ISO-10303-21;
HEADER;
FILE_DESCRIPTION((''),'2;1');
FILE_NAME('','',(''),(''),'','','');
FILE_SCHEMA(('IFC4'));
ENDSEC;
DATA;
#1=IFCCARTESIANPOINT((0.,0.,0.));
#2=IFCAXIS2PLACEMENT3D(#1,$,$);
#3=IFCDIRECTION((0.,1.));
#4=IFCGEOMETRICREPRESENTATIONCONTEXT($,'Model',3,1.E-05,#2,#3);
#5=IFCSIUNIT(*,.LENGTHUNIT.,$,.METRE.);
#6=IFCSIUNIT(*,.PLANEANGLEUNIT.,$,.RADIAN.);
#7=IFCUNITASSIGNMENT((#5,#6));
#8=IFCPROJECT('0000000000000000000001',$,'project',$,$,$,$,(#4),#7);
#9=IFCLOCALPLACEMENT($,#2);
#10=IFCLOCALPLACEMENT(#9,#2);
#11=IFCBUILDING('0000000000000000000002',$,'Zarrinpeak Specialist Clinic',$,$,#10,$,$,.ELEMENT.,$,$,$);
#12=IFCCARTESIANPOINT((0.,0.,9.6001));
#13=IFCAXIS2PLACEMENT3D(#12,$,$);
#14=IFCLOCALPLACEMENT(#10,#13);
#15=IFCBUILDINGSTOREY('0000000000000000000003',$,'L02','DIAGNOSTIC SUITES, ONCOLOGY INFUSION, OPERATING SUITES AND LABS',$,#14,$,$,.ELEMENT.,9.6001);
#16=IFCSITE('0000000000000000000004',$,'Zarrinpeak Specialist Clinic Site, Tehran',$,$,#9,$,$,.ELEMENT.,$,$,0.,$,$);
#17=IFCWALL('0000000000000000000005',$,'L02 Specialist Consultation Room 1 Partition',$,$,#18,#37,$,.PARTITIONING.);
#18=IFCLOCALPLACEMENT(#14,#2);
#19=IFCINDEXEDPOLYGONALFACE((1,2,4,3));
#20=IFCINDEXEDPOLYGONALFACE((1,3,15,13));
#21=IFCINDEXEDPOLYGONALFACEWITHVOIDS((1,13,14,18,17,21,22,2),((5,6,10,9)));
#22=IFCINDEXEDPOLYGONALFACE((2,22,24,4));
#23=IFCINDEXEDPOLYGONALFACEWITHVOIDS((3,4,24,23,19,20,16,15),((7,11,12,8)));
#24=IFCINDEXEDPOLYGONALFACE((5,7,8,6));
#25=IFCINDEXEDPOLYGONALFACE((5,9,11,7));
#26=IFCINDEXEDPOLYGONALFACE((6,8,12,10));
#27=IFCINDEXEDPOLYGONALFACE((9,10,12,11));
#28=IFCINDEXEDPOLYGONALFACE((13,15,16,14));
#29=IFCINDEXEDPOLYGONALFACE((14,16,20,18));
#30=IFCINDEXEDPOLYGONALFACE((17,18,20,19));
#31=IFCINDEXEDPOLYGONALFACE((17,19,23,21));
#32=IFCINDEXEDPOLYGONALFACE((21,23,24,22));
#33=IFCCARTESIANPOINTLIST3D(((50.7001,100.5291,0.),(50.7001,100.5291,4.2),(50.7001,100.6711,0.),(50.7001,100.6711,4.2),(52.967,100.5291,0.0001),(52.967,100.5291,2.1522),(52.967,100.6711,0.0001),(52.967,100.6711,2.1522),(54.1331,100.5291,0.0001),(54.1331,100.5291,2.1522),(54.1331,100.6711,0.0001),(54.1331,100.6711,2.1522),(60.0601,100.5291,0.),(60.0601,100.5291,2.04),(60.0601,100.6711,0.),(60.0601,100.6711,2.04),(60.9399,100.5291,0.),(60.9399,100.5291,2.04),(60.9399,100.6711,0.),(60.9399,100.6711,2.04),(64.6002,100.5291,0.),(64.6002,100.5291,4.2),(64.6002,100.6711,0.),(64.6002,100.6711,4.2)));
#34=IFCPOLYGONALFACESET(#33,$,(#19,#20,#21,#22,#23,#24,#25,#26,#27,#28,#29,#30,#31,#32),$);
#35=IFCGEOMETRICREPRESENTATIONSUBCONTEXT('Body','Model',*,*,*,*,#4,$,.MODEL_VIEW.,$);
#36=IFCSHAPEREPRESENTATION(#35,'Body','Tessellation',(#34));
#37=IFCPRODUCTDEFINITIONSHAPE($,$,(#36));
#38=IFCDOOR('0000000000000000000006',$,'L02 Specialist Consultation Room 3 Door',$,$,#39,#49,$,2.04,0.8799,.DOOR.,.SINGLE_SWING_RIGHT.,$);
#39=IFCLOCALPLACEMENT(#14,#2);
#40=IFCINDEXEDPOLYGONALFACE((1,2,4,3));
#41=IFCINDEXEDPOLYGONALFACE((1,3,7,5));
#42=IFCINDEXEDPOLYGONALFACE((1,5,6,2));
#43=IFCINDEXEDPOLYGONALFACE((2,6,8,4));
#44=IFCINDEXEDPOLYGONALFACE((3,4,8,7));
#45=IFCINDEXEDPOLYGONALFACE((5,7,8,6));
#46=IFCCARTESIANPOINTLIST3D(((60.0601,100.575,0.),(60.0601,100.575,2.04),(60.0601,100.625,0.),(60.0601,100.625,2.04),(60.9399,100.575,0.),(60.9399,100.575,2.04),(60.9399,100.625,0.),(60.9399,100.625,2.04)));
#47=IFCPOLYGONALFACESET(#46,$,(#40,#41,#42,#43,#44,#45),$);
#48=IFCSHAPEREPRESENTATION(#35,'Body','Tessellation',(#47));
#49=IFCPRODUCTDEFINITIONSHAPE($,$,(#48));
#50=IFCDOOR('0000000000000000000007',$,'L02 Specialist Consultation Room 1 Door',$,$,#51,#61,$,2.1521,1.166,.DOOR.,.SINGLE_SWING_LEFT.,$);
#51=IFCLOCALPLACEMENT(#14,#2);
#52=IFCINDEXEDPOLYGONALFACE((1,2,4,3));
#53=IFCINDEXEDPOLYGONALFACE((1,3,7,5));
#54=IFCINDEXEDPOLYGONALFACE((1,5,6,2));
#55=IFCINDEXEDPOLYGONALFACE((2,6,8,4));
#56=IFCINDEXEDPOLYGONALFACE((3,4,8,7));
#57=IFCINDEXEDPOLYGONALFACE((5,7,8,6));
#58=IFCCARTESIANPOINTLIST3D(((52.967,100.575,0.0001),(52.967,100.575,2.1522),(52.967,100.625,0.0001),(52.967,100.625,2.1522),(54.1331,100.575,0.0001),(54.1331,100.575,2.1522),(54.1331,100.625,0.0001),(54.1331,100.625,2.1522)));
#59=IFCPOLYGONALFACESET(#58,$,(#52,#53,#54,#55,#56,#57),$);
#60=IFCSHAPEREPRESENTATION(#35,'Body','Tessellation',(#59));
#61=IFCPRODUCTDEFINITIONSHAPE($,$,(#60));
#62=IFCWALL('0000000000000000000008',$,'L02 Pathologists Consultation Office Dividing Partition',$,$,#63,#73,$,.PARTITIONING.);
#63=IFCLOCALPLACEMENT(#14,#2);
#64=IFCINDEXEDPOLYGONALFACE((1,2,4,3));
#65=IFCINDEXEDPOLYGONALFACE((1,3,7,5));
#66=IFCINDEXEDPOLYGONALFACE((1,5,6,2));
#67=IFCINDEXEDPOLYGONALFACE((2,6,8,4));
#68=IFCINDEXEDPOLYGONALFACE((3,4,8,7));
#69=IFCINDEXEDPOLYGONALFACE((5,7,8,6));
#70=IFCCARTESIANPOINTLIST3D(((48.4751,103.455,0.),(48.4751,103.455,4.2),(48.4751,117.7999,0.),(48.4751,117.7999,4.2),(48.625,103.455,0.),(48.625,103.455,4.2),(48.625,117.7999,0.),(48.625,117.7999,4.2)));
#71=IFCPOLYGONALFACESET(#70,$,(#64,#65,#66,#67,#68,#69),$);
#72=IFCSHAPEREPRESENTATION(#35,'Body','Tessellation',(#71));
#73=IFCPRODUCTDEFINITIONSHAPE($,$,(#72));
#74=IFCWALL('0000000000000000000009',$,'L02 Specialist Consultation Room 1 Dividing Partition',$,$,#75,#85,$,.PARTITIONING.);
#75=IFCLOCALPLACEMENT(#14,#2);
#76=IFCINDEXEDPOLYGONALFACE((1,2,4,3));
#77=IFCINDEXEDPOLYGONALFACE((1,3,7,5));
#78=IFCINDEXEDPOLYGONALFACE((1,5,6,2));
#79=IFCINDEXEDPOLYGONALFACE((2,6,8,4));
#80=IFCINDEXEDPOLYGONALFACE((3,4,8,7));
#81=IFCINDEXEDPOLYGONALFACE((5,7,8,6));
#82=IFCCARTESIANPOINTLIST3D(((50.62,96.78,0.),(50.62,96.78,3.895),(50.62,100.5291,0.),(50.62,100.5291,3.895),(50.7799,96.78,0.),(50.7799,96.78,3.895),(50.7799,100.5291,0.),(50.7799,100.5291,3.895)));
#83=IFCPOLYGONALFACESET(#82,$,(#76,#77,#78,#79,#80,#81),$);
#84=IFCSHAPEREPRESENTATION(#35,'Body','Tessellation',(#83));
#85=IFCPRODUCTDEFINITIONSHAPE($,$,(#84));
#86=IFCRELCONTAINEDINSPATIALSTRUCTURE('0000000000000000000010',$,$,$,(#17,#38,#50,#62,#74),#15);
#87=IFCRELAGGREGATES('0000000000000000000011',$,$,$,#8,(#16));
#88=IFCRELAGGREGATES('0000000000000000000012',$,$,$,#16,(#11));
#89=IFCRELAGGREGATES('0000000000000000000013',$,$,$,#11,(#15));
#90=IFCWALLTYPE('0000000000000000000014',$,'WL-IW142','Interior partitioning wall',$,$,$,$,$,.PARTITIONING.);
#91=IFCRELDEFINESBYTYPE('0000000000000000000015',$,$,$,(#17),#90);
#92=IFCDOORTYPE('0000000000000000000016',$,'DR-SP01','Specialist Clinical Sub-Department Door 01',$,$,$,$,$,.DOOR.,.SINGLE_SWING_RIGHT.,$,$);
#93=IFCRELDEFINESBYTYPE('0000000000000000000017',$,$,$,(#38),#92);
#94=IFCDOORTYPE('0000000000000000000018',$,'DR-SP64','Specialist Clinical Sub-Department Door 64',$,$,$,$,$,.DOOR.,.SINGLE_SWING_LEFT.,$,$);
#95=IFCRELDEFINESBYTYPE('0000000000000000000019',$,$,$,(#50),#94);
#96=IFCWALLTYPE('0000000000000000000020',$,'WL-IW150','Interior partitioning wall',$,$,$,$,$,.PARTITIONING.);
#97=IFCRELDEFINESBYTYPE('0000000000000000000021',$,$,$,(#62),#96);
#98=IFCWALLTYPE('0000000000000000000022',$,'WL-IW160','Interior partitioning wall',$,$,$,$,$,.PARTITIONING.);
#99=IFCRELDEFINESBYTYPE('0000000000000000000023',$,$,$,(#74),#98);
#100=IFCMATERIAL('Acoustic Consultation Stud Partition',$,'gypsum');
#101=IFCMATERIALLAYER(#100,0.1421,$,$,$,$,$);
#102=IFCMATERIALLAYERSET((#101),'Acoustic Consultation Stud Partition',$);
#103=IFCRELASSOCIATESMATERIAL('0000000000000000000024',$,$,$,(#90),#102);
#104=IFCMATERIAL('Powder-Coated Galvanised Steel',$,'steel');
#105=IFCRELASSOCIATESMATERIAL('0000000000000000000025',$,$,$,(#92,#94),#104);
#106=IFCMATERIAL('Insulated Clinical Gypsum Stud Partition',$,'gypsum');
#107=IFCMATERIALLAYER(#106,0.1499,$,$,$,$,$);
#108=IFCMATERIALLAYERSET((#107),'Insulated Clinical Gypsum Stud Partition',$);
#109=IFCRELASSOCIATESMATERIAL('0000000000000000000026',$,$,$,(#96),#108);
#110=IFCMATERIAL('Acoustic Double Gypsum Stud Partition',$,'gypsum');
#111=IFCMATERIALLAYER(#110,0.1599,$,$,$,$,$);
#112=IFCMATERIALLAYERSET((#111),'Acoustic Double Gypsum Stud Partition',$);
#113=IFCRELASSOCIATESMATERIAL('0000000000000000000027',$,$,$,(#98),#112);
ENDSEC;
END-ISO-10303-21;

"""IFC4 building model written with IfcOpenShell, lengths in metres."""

from ifc_helpers import new_model, si_unit, direction, frame, frame_2d, origin, place, context, subcontext, project, spatial, rectangle, extrude, material, layer, layer_set, type_object, element, fill, save


model = new_model("IFC4")

# Units and contexts
model_context = context("Model", 3, precision=1e-05, world=origin(), true_north=direction((0.0, 1.0)))
body_context = subcontext(model_context, "Body", "Model", "MODEL_VIEW")
ifc_project = project(units=[si_unit("LENGTHUNIT", "METRE"), si_unit("PLANEANGLEUNIT", "RADIAN")], contexts=[model_context])

# Site, building, storey
site_placement = place(None, origin())
site = spatial("IfcSite", under=ifc_project, at=site_placement, Name="Zarrinpeak Specialist Clinic Site, Tehran", CompositionType="ELEMENT", RefElevation=0.0)
building_placement = place(site_placement, origin())
building = spatial("IfcBuilding", under=site, at=building_placement, Name="Zarrinpeak Specialist Clinic", CompositionType="ELEMENT")
storey_placement = place(building_placement, frame((0.0, 0.0, 9.6001)))
storey = spatial("IfcBuildingStorey", under=building, at=storey_placement, Name="L02", Description="DIAGNOSTIC SUITES, ONCOLOGY INFUSION, OPERATING SUITES AND LABS", CompositionType="ELEMENT", Elevation=9.6001)

# Shared definitions
ifc_material_1 = material(Name="Powder-Coated Galvanised Steel", Category="steel")

# Wall, openings, doors
ifc_material_2 = material(Name="Acoustic Consultation Stud Partition", Category="gypsum")
ifc_layer_1 = layer(ifc_material_2, 0.1421)
ifc_layer_set_1 = layer_set([ifc_layer_1], Name="Acoustic Consultation Stud Partition")
wall_type_1 = type_object("IfcWallType", Name="WL-IW142", Description="Interior partitioning wall", PredefinedType="PARTITIONING", material=ifc_layer_set_1)
wall_1_placement = place(storey_placement, frame((50.7, 100.6001, 0.0), z_axis=(0.0, 0.0, 1.0), x_axis=(1.0, 0.0, 0.0)))
wall_1 = element("IfcWall", 1, at=wall_1_placement, inside=storey, type_object=wall_type_1, Name="L02 Specialist Consultation Room 1 Partition", PredefinedType="PARTITIONING", context=body_context, shape_type="SweptSolid", body=[
    extrude(rectangle(XDim=13.9001, YDim=0.1421, at=frame_2d((6.9502, 0.0))), origin(), (0.0, 0.0, 1.0), 4.2),
])
opening_1_placement = place(wall_1_placement, frame((2.2671, 0.0, 0.0)))
opening_1 = element("IfcOpeningElement", 2, at=opening_1_placement, cuts=wall_1, PredefinedType="OPENING", context=body_context, shape_type="SweptSolid", body=[
    extrude(rectangle(XDim=1.166, YDim=2.1521, at=frame_2d((0.583, 1.0762))), frame((0.0, 0.0811, 0.0), z_axis=(0.0, -1.0, 0.0), x_axis=(1.0, 0.0, 0.0)), (0.0, 0.0, 1.0), 0.1621),
])
opening_2_placement = place(wall_1_placement, frame((9.3601, 0.0, 0.0)))
opening_2 = element("IfcOpeningElement", 3, at=opening_2_placement, cuts=wall_1, PredefinedType="OPENING", context=body_context, shape_type="SweptSolid", body=[
    extrude(rectangle(XDim=0.8799, YDim=2.04, at=frame_2d((0.4399, 1.02))), frame((0.0, 0.0811, 0.0), z_axis=(0.0, -1.0, 0.0), x_axis=(1.0, 0.0, 0.0)), (0.0, 0.0, 1.0), 0.1621),
])
door_type_1 = type_object("IfcDoorType", Name="DR-SP01", Description="Specialist Clinical Sub-Department Door 01", OperationType="SINGLE_SWING_RIGHT", PredefinedType="DOOR", material=ifc_material_1)
door_1_placement = place(opening_2_placement, origin())
door_1 = element("IfcDoor", 4, at=door_1_placement, inside=storey, type_object=door_type_1, Name="L02 Specialist Consultation Room 3 Door", OperationType="SINGLE_SWING_RIGHT", OverallHeight=2.04, OverallWidth=0.8799, PredefinedType="DOOR", context=body_context, shape_type="SweptSolid", body=[
    extrude(rectangle(XDim=0.8799, YDim=2.04, at=frame_2d((0.4399, 1.02))), frame((0.0, 0.0249, 0.0), z_axis=(0.0, -1.0, 0.0), x_axis=(1.0, 0.0, 0.0)), (0.0, 0.0, 1.0), 0.05),
])
fill(opening_2, door_1)
door_type_2 = type_object("IfcDoorType", Name="DR-SP64", Description="Specialist Clinical Sub-Department Door 64", OperationType="SINGLE_SWING_LEFT", PredefinedType="DOOR", material=ifc_material_1)
door_2_placement = place(opening_1_placement, origin())
door_2 = element("IfcDoor", 5, at=door_2_placement, inside=storey, type_object=door_type_2, Name="L02 Specialist Consultation Room 1 Door", OperationType="SINGLE_SWING_LEFT", OverallHeight=2.1521, OverallWidth=1.166, PredefinedType="DOOR", context=body_context, shape_type="SweptSolid", body=[
    extrude(rectangle(XDim=1.166, YDim=2.1521, at=frame_2d((0.583, 1.0762))), frame((0.0, 0.0249, 0.0), z_axis=(0.0, -1.0, 0.0), x_axis=(1.0, 0.0, 0.0)), (0.0, 0.0, 1.0), 0.05),
])
fill(opening_1, door_2)

# Walls
ifc_material_3 = material(Name="Insulated Clinical Gypsum Stud Partition", Category="gypsum")
ifc_layer_2 = layer(ifc_material_3, 0.1499)
ifc_layer_set_2 = layer_set([ifc_layer_2], Name="Insulated Clinical Gypsum Stud Partition")
wall_type_2 = type_object("IfcWallType", Name="WL-IW150", Description="Interior partitioning wall", PredefinedType="PARTITIONING", material=ifc_layer_set_2)
wall_2_placement = place(storey_placement, frame((48.55, 103.4551, 0.0), z_axis=(0.0, 0.0, 1.0), x_axis=(0.0, 1.0, 0.0)))
element("IfcWall", 6, at=wall_2_placement, inside=storey, type_object=wall_type_2, Name="L02 Pathologists Consultation Office Dividing Partition", PredefinedType="PARTITIONING", context=body_context, shape_type="SweptSolid", body=[
    extrude(rectangle(XDim=14.345, YDim=0.1499, at=frame_2d((7.1724, 0.0))), origin(), (0.0, 0.0, 1.0), 4.2),
])
ifc_material_4 = material(Name="Acoustic Double Gypsum Stud Partition", Category="gypsum")
ifc_layer_3 = layer(ifc_material_4, 0.1599)
ifc_layer_set_3 = layer_set([ifc_layer_3], Name="Acoustic Double Gypsum Stud Partition")
wall_type_3 = type_object("IfcWallType", Name="WL-IW160", Description="Interior partitioning wall", PredefinedType="PARTITIONING", material=ifc_layer_set_3)
wall_3_placement = place(storey_placement, frame((50.7, 96.78, 0.0), z_axis=(0.0, 0.0, 1.0), x_axis=(0.0, 1.0, 0.0)))
element("IfcWall", 7, at=wall_3_placement, inside=storey, type_object=wall_type_3, Name="L02 Specialist Consultation Room 1 Dividing Partition", PredefinedType="PARTITIONING", context=body_context, shape_type="SweptSolid", body=[
    extrude(rectangle(XDim=3.749, YDim=0.1599, at=frame_2d((1.8745, 0.0))), origin(), (0.0, 0.0, 1.0), 3.895),
])

save(model, "model.ifc")
